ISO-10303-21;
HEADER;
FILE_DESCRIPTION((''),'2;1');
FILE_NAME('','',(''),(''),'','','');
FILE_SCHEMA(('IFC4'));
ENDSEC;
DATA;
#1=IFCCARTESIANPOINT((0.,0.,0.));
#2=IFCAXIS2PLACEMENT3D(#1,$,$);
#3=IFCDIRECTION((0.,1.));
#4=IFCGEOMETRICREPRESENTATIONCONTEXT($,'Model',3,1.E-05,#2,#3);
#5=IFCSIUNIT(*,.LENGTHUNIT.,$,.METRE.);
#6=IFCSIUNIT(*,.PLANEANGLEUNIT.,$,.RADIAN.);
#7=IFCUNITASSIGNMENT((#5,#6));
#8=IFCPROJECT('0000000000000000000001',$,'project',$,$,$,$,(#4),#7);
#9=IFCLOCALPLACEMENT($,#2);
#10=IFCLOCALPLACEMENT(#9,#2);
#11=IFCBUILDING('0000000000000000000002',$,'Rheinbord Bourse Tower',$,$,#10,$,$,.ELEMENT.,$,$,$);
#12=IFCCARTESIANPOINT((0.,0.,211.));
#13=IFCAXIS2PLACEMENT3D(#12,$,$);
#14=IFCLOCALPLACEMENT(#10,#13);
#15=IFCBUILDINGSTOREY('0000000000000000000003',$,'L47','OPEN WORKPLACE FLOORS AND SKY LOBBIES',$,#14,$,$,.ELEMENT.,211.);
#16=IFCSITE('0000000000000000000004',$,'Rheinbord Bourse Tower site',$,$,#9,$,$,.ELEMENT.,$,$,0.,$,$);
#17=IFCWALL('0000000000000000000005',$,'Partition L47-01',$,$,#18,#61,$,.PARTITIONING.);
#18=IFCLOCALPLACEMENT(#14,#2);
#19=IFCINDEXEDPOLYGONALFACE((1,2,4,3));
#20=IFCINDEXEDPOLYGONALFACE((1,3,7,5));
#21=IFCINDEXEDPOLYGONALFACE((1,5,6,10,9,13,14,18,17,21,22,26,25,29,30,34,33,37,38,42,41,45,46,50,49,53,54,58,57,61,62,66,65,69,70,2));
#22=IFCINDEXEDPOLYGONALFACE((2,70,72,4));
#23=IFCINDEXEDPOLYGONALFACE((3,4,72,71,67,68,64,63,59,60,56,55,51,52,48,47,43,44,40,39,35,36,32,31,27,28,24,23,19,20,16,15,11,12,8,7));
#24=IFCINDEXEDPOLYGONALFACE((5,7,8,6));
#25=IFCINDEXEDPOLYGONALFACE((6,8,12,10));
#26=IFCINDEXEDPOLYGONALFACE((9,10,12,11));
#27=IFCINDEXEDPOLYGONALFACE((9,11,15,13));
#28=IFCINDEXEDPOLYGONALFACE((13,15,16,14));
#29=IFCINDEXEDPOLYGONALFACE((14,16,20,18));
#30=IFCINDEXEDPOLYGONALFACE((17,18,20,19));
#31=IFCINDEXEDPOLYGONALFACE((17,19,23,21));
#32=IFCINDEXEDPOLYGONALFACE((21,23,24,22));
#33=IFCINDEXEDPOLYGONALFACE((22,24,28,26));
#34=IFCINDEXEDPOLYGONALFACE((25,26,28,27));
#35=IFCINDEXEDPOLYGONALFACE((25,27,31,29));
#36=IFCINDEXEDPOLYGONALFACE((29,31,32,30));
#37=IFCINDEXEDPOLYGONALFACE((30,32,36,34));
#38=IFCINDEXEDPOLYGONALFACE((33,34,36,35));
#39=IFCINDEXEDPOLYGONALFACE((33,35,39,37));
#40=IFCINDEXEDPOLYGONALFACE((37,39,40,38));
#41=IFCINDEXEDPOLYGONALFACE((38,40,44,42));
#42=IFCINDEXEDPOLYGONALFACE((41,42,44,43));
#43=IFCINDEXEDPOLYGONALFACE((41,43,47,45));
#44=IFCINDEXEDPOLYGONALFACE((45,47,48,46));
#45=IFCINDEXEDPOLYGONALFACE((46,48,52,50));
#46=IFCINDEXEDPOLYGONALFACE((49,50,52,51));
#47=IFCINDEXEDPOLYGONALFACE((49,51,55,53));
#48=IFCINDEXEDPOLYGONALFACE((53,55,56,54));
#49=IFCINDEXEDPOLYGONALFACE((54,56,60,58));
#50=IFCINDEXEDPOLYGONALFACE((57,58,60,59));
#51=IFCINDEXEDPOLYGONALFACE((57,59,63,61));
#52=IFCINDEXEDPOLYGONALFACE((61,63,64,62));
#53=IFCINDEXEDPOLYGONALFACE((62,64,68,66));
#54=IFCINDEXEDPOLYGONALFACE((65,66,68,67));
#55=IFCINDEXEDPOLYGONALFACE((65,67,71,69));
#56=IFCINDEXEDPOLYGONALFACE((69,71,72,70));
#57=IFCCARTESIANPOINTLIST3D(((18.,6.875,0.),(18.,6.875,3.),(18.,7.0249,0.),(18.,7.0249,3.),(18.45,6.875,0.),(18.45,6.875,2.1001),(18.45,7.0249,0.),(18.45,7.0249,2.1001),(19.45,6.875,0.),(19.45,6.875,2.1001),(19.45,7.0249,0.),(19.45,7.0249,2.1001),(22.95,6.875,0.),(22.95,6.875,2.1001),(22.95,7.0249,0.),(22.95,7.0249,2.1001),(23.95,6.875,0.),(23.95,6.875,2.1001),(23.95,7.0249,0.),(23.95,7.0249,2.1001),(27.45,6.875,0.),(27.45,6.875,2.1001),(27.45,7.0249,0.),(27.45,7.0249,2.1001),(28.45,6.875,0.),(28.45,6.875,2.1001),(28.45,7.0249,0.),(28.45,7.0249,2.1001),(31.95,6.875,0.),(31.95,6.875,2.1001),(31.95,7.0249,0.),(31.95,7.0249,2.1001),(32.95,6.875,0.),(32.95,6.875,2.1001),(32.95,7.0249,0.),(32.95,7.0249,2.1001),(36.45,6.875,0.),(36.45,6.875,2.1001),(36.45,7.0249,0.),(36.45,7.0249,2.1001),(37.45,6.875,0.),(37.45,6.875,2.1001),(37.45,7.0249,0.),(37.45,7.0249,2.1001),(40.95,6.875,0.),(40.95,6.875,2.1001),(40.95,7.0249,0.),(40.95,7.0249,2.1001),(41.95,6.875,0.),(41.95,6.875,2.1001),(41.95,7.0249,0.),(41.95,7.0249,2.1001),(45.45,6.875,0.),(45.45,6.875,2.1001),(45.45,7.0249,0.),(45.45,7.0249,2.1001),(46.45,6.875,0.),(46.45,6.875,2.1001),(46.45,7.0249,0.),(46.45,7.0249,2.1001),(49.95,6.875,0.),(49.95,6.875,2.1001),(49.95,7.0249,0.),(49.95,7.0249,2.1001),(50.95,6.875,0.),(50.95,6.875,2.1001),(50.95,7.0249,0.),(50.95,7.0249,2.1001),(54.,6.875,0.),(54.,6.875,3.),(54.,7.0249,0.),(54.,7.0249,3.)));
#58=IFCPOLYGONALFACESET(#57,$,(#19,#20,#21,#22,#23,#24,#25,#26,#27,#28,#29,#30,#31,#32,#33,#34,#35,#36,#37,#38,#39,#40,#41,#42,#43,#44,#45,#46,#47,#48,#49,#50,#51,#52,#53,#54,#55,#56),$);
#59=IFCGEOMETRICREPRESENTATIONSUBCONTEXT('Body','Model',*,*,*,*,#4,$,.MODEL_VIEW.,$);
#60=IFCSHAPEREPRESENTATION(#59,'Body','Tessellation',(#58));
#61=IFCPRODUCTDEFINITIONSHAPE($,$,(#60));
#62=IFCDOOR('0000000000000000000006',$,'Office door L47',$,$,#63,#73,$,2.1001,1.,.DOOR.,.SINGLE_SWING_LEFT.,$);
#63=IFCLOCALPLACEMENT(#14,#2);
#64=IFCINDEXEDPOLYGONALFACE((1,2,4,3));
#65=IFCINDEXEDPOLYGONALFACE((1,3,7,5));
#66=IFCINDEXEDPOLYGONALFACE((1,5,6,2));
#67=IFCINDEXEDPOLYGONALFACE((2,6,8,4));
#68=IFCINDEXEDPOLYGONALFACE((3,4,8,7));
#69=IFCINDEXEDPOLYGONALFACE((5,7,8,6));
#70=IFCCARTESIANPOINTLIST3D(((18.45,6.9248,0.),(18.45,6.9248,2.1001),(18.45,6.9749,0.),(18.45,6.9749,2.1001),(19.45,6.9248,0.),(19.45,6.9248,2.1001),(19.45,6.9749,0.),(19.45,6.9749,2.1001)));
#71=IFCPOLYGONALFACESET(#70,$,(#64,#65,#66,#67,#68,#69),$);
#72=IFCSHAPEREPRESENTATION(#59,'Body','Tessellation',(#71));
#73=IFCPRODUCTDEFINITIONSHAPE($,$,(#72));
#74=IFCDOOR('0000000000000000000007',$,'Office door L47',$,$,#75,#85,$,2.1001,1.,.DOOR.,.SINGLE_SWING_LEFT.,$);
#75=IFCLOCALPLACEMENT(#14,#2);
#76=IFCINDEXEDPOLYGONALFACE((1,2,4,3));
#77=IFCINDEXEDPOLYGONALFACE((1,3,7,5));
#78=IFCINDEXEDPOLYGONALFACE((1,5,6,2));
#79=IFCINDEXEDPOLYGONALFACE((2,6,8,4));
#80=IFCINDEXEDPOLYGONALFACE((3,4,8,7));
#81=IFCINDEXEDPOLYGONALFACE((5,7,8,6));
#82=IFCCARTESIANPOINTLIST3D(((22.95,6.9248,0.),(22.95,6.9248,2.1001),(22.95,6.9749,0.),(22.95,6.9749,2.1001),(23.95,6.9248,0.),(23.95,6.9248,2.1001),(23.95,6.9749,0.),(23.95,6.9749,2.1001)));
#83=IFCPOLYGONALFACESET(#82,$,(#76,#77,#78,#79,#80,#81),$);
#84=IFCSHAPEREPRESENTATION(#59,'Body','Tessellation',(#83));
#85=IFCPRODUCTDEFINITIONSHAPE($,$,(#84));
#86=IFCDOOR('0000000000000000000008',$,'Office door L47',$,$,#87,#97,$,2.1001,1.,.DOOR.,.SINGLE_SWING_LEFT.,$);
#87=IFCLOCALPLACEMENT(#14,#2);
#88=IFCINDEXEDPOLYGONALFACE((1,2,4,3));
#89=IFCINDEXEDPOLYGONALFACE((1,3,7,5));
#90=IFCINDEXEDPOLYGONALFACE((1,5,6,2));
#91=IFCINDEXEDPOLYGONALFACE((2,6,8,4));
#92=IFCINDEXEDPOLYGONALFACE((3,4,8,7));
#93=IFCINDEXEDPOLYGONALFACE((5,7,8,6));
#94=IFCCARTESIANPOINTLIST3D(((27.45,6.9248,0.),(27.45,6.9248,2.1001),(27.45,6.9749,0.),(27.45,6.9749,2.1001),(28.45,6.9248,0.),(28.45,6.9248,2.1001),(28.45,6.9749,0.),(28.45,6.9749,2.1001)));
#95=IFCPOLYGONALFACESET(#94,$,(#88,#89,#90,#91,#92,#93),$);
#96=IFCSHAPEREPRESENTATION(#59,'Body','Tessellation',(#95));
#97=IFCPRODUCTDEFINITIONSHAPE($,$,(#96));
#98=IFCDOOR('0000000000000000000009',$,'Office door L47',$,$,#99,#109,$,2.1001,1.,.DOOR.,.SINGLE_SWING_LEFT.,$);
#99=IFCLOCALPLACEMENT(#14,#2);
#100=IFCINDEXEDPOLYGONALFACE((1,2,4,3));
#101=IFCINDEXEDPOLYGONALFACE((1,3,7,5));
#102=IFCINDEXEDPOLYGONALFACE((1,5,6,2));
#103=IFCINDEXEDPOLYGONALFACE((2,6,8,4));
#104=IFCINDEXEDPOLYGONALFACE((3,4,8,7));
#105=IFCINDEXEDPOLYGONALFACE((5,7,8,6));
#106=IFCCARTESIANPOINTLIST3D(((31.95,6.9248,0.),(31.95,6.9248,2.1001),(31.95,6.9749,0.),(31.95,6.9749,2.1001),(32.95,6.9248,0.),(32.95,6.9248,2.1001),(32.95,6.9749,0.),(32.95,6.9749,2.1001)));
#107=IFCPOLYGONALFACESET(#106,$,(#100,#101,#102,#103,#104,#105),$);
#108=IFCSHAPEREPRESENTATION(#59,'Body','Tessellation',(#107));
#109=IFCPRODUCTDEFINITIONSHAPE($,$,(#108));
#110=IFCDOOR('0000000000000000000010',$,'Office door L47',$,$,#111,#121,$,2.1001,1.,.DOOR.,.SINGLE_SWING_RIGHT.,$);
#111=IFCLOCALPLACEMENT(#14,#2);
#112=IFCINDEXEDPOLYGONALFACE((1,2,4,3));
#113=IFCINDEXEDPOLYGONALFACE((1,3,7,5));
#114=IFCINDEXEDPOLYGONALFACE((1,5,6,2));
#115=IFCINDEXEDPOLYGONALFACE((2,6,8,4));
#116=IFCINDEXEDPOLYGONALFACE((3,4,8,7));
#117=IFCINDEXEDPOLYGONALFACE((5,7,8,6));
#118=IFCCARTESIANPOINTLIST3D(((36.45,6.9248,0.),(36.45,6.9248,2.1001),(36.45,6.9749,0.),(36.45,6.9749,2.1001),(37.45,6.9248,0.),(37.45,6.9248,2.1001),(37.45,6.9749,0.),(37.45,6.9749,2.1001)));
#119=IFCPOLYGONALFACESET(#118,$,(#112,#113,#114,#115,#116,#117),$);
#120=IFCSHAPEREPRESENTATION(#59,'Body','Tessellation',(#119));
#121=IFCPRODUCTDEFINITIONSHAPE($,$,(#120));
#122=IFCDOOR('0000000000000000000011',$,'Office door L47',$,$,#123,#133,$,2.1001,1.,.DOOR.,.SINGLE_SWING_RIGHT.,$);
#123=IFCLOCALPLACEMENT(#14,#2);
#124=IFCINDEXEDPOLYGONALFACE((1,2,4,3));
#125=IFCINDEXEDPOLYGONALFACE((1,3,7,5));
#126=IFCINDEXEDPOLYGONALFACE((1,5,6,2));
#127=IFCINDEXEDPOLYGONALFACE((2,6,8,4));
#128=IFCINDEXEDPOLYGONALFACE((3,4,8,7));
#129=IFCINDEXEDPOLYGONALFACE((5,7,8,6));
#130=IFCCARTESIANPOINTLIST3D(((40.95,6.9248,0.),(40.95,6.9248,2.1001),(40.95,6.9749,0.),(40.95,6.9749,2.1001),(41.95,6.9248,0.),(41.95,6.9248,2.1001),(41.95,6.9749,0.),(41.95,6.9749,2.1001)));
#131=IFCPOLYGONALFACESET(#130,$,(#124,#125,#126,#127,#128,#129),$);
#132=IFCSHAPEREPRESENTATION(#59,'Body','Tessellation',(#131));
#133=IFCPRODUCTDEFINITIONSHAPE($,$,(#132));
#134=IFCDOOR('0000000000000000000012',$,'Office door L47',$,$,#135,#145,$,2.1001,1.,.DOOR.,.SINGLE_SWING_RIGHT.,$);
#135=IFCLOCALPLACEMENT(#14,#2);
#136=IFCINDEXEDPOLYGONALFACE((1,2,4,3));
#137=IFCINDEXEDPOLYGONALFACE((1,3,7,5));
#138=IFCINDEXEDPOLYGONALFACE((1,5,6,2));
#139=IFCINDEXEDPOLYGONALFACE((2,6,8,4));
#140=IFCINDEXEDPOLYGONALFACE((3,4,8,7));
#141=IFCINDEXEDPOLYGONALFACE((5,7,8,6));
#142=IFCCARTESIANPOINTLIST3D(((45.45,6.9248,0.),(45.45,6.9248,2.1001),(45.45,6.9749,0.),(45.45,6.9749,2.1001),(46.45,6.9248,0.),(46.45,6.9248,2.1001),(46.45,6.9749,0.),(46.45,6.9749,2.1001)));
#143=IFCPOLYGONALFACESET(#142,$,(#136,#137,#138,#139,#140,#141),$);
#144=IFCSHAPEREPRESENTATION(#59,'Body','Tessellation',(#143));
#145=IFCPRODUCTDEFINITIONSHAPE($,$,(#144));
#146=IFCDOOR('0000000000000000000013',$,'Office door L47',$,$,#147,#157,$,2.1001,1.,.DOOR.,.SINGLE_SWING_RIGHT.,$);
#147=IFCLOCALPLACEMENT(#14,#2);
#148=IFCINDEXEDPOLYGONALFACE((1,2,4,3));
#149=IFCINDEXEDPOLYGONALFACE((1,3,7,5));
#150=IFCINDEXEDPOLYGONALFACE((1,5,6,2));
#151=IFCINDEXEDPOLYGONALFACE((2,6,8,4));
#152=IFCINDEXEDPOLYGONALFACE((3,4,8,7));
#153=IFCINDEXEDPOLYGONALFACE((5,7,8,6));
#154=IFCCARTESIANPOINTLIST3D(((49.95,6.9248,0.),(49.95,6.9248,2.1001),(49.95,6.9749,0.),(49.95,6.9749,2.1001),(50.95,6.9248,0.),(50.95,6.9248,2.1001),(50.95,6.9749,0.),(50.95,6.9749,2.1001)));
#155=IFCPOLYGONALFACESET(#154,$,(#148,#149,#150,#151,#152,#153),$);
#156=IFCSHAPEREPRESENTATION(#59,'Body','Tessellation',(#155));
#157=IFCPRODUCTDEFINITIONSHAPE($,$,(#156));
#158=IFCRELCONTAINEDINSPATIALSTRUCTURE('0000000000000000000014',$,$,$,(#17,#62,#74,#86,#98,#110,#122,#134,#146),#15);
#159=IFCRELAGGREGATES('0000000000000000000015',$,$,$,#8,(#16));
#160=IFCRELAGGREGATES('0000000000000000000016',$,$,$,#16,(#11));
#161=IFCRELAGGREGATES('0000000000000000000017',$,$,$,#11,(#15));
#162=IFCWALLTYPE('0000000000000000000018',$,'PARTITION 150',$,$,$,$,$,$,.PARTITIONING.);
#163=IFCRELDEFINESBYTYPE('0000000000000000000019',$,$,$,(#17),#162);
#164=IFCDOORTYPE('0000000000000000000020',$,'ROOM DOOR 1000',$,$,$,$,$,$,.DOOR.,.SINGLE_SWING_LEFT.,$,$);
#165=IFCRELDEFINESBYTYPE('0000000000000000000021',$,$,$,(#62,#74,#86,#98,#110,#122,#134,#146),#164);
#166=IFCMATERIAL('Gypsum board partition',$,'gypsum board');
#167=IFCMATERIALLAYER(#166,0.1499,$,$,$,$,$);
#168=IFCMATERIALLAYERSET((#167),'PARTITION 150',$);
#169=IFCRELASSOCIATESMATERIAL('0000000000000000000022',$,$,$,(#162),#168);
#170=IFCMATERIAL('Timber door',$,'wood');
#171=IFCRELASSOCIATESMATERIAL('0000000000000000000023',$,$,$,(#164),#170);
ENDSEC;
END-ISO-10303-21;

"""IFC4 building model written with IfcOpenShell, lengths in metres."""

from ifc_helpers import new_model, si_unit, direction, frame, frame_2d, origin, place, context, subcontext, project, spatial, rectangle, extrude, material, layer, layer_set, type_object, element, fill, save


model = new_model("IFC4")

# Units and contexts
model_context = context("Model", 3, precision=1e-05, world=origin(), true_north=direction((0.0, 1.0)))
body_context = subcontext(model_context, "Body", "Model", "MODEL_VIEW")
ifc_project = project(units=[si_unit("LENGTHUNIT", "METRE"), si_unit("PLANEANGLEUNIT", "RADIAN")], contexts=[model_context])

# Site, building, storey
site_placement = place(None, origin())
site = spatial("IfcSite", under=ifc_project, at=site_placement, Name="Rheinbord Bourse Tower site", CompositionType="ELEMENT", RefElevation=0.0)
building_placement = place(site_placement, origin())
building = spatial("IfcBuilding", under=site, at=building_placement, Name="Rheinbord Bourse Tower", CompositionType="ELEMENT")
storey_placement = place(building_placement, frame((0.0, 0.0, 211.0)))
storey = spatial("IfcBuildingStorey", under=building, at=storey_placement, Name="L47", Description="OPEN WORKPLACE FLOORS AND SKY LOBBIES", CompositionType="ELEMENT", Elevation=211.0)

# Wall, openings, doors
ifc_material_1 = material(Name="Gypsum board partition", Category="gypsum board")
ifc_layer_1 = layer(ifc_material_1, 0.1499)
ifc_layer_set_1 = layer_set([ifc_layer_1], Name="PARTITION 150")
wall_type_1 = type_object("IfcWallType", Name="PARTITION 150", PredefinedType="PARTITIONING", material=ifc_layer_set_1)
wall_1_placement = place(storey_placement, frame((18.0, 6.95, 0.0), z_axis=(0.0, 0.0, 1.0), x_axis=(1.0, 0.0, 0.0)))
wall_1 = element("IfcWall", 1, at=wall_1_placement, inside=storey, type_object=wall_type_1, Name="Partition L47-01", PredefinedType="PARTITIONING", context=body_context, shape_type="SweptSolid", body=[
    extrude(rectangle(XDim=36.0, YDim=0.1499, at=frame_2d((18.0, 0.0))), origin(), (0.0, 0.0, 1.0), 3.0),
])
opening_1_placement = place(wall_1_placement, frame((0.45, 0.0, 0.0)))
opening_1 = element("IfcOpeningElement", 2, at=opening_1_placement, cuts=wall_1, PredefinedType="OPENING", context=body_context, shape_type="SweptSolid", body=[
    extrude(rectangle(XDim=1.0, YDim=2.1001, at=frame_2d((0.5, 1.05))), frame((0.0, 0.085, 0.0), z_axis=(0.0, -1.0, 0.0), x_axis=(1.0, 0.0, 0.0)), (0.0, 0.0, 1.0), 0.1699),
])
opening_2_placement = place(wall_1_placement, frame((4.95, 0.0, 0.0)))
opening_2 = element("IfcOpeningElement", 3, at=opening_2_placement, cuts=wall_1, PredefinedType="OPENING", context=body_context, shape_type="SweptSolid", body=[
    extrude(rectangle(XDim=1.0, YDim=2.1001, at=frame_2d((0.5, 1.05))), frame((0.0, 0.085, 0.0), z_axis=(0.0, -1.0, 0.0), x_axis=(1.0, 0.0, 0.0)), (0.0, 0.0, 1.0), 0.1699),
])
opening_3_placement = place(wall_1_placement, frame((9.45, 0.0, 0.0)))
opening_3 = element("IfcOpeningElement", 4, at=opening_3_placement, cuts=wall_1, PredefinedType="OPENING", context=body_context, shape_type="SweptSolid", body=[
    extrude(rectangle(XDim=1.0, YDim=2.1001, at=frame_2d((0.5, 1.05))), frame((0.0, 0.085, 0.0), z_axis=(0.0, -1.0, 0.0), x_axis=(1.0, 0.0, 0.0)), (0.0, 0.0, 1.0), 0.1699),
])
opening_4_placement = place(wall_1_placement, frame((13.95, 0.0, 0.0)))
opening_4 = element("IfcOpeningElement", 5, at=opening_4_placement, cuts=wall_1, PredefinedType="OPENING", context=body_context, shape_type="SweptSolid", body=[
    extrude(rectangle(XDim=1.0, YDim=2.1001, at=frame_2d((0.5, 1.05))), frame((0.0, 0.085, 0.0), z_axis=(0.0, -1.0, 0.0), x_axis=(1.0, 0.0, 0.0)), (0.0, 0.0, 1.0), 0.1699),
])
opening_5_placement = place(wall_1_placement, frame((18.45, 0.0, 0.0)))
opening_5 = element("IfcOpeningElement", 6, at=opening_5_placement, cuts=wall_1, PredefinedType="OPENING", context=body_context, shape_type="SweptSolid", body=[
    extrude(rectangle(XDim=1.0, YDim=2.1001, at=frame_2d((0.5, 1.05))), frame((0.0, 0.085, 0.0), z_axis=(0.0, -1.0, 0.0), x_axis=(1.0, 0.0, 0.0)), (0.0, 0.0, 1.0), 0.1699),
])
opening_6_placement = place(wall_1_placement, frame((22.95, 0.0, 0.0)))
opening_6 = element("IfcOpeningElement", 7, at=opening_6_placement, cuts=wall_1, PredefinedType="OPENING", context=body_context, shape_type="SweptSolid", body=[
    extrude(rectangle(XDim=1.0, YDim=2.1001, at=frame_2d((0.5, 1.05))), frame((0.0, 0.085, 0.0), z_axis=(0.0, -1.0, 0.0), x_axis=(1.0, 0.0, 0.0)), (0.0, 0.0, 1.0), 0.1699),
])
opening_7_placement = place(wall_1_placement, frame((27.45, 0.0, 0.0)))
opening_7 = element("IfcOpeningElement", 8, at=opening_7_placement, cuts=wall_1, PredefinedType="OPENING", context=body_context, shape_type="SweptSolid", body=[
    extrude(rectangle(XDim=1.0, YDim=2.1001, at=frame_2d((0.5, 1.05))), frame((0.0, 0.085, 0.0), z_axis=(0.0, -1.0, 0.0), x_axis=(1.0, 0.0, 0.0)), (0.0, 0.0, 1.0), 0.1699),
])
opening_8_placement = place(wall_1_placement, frame((31.95, 0.0, 0.0)))
opening_8 = element("IfcOpeningElement", 9, at=opening_8_placement, cuts=wall_1, PredefinedType="OPENING", context=body_context, shape_type="SweptSolid", body=[
    extrude(rectangle(XDim=1.0, YDim=2.1001, at=frame_2d((0.5, 1.05))), frame((0.0, 0.085, 0.0), z_axis=(0.0, -1.0, 0.0), x_axis=(1.0, 0.0, 0.0)), (0.0, 0.0, 1.0), 0.1699),
])
ifc_material_2 = material(Name="Timber door", Category="wood")
door_type_1 = type_object("IfcDoorType", Name="ROOM DOOR 1000", OperationType="SINGLE_SWING_LEFT", PredefinedType="DOOR", material=ifc_material_2)
door_1_placement = place(opening_1_placement, origin())
door_1 = element("IfcDoor", 10, at=door_1_placement, inside=storey, type_object=door_type_1, Name="Office door L47", OperationType="SINGLE_SWING_LEFT", OverallHeight=2.1001, OverallWidth=1.0, PredefinedType="DOOR", context=body_context, shape_type="SweptSolid", body=[
    extrude(rectangle(XDim=1.0, YDim=2.1001, at=frame_2d((0.5, 1.05))), frame((0.0, 0.0249, 0.0), z_axis=(0.0, -1.0, 0.0), x_axis=(1.0, 0.0, 0.0)), (0.0, 0.0, 1.0), 0.05),
])
fill(opening_1, door_1)
door_2_placement = place(opening_2_placement, origin())
door_2 = element("IfcDoor", 11, at=door_2_placement, inside=storey, type_object=door_type_1, Name="Office door L47", OperationType="SINGLE_SWING_LEFT", OverallHeight=2.1001, OverallWidth=1.0, PredefinedType="DOOR", context=body_context, shape_type="SweptSolid", body=[
    extrude(rectangle(XDim=1.0, YDim=2.1001, at=frame_2d((0.5, 1.05))), frame((0.0, 0.0249, 0.0), z_axis=(0.0, -1.0, 0.0), x_axis=(1.0, 0.0, 0.0)), (0.0, 0.0, 1.0), 0.05),
])
fill(opening_2, door_2)
door_3_placement = place(opening_3_placement, origin())
door_3 = element("IfcDoor", 12, at=door_3_placement, inside=storey, type_object=door_type_1, Name="Office door L47", OperationType="SINGLE_SWING_LEFT", OverallHeight=2.1001, OverallWidth=1.0, PredefinedType="DOOR", context=body_context, shape_type="SweptSolid", body=[
    extrude(rectangle(XDim=1.0, YDim=2.1001, at=frame_2d((0.5, 1.05))), frame((0.0, 0.0249, 0.0), z_axis=(0.0, -1.0, 0.0), x_axis=(1.0, 0.0, 0.0)), (0.0, 0.0, 1.0), 0.05),
])
fill(opening_3, door_3)
door_4_placement = place(opening_4_placement, origin())
door_4 = element("IfcDoor", 13, at=door_4_placement, inside=storey, type_object=door_type_1, Name="Office door L47", OperationType="SINGLE_SWING_LEFT", OverallHeight=2.1001, OverallWidth=1.0, PredefinedType="DOOR", context=body_context, shape_type="SweptSolid", body=[
    extrude(rectangle(XDim=1.0, YDim=2.1001, at=frame_2d((0.5, 1.05))), frame((0.0, 0.0249, 0.0), z_axis=(0.0, -1.0, 0.0), x_axis=(1.0, 0.0, 0.0)), (0.0, 0.0, 1.0), 0.05),
])
fill(opening_4, door_4)
door_5_placement = place(opening_5_placement, origin())
door_5 = element("IfcDoor", 14, at=door_5_placement, inside=storey, type_object=door_type_1, Name="Office door L47", OperationType="SINGLE_SWING_RIGHT", OverallHeight=2.1001, OverallWidth=1.0, PredefinedType="DOOR", context=body_context, shape_type="SweptSolid", body=[
    extrude(rectangle(XDim=1.0, YDim=2.1001, at=frame_2d((0.5, 1.05))), frame((0.0, 0.0249, 0.0), z_axis=(0.0, -1.0, 0.0), x_axis=(1.0, 0.0, 0.0)), (0.0, 0.0, 1.0), 0.05),
])
fill(opening_5, door_5)
door_6_placement = place(opening_6_placement, origin())
door_6 = element("IfcDoor", 15, at=door_6_placement, inside=storey, type_object=door_type_1, Name="Office door L47", OperationType="SINGLE_SWING_RIGHT", OverallHeight=2.1001, OverallWidth=1.0, PredefinedType="DOOR", context=body_context, shape_type="SweptSolid", body=[
    extrude(rectangle(XDim=1.0, YDim=2.1001, at=frame_2d((0.5, 1.05))), frame((0.0, 0.0249, 0.0), z_axis=(0.0, -1.0, 0.0), x_axis=(1.0, 0.0, 0.0)), (0.0, 0.0, 1.0), 0.05),
])
fill(opening_6, door_6)
door_7_placement = place(opening_7_placement, origin())
door_7 = element("IfcDoor", 16, at=door_7_placement, inside=storey, type_object=door_type_1, Name="Office door L47", OperationType="SINGLE_SWING_RIGHT", OverallHeight=2.1001, OverallWidth=1.0, PredefinedType="DOOR", context=body_context, shape_type="SweptSolid", body=[
    extrude(rectangle(XDim=1.0, YDim=2.1001, at=frame_2d((0.5, 1.05))), frame((0.0, 0.0249, 0.0), z_axis=(0.0, -1.0, 0.0), x_axis=(1.0, 0.0, 0.0)), (0.0, 0.0, 1.0), 0.05),
])
fill(opening_7, door_7)
door_8_placement = place(opening_8_placement, origin())
door_8 = element("IfcDoor", 17, at=door_8_placement, inside=storey, type_object=door_type_1, Name="Office door L47", OperationType="SINGLE_SWING_RIGHT", OverallHeight=2.1001, OverallWidth=1.0, PredefinedType="DOOR", context=body_context, shape_type="SweptSolid", body=[
    extrude(rectangle(XDim=1.0, YDim=2.1001, at=frame_2d((0.5, 1.05))), frame((0.0, 0.0249, 0.0), z_axis=(0.0, -1.0, 0.0), x_axis=(1.0, 0.0, 0.0)), (0.0, 0.0, 1.0), 0.05),
])
fill(opening_8, door_8)

save(model, "model.ifc")
